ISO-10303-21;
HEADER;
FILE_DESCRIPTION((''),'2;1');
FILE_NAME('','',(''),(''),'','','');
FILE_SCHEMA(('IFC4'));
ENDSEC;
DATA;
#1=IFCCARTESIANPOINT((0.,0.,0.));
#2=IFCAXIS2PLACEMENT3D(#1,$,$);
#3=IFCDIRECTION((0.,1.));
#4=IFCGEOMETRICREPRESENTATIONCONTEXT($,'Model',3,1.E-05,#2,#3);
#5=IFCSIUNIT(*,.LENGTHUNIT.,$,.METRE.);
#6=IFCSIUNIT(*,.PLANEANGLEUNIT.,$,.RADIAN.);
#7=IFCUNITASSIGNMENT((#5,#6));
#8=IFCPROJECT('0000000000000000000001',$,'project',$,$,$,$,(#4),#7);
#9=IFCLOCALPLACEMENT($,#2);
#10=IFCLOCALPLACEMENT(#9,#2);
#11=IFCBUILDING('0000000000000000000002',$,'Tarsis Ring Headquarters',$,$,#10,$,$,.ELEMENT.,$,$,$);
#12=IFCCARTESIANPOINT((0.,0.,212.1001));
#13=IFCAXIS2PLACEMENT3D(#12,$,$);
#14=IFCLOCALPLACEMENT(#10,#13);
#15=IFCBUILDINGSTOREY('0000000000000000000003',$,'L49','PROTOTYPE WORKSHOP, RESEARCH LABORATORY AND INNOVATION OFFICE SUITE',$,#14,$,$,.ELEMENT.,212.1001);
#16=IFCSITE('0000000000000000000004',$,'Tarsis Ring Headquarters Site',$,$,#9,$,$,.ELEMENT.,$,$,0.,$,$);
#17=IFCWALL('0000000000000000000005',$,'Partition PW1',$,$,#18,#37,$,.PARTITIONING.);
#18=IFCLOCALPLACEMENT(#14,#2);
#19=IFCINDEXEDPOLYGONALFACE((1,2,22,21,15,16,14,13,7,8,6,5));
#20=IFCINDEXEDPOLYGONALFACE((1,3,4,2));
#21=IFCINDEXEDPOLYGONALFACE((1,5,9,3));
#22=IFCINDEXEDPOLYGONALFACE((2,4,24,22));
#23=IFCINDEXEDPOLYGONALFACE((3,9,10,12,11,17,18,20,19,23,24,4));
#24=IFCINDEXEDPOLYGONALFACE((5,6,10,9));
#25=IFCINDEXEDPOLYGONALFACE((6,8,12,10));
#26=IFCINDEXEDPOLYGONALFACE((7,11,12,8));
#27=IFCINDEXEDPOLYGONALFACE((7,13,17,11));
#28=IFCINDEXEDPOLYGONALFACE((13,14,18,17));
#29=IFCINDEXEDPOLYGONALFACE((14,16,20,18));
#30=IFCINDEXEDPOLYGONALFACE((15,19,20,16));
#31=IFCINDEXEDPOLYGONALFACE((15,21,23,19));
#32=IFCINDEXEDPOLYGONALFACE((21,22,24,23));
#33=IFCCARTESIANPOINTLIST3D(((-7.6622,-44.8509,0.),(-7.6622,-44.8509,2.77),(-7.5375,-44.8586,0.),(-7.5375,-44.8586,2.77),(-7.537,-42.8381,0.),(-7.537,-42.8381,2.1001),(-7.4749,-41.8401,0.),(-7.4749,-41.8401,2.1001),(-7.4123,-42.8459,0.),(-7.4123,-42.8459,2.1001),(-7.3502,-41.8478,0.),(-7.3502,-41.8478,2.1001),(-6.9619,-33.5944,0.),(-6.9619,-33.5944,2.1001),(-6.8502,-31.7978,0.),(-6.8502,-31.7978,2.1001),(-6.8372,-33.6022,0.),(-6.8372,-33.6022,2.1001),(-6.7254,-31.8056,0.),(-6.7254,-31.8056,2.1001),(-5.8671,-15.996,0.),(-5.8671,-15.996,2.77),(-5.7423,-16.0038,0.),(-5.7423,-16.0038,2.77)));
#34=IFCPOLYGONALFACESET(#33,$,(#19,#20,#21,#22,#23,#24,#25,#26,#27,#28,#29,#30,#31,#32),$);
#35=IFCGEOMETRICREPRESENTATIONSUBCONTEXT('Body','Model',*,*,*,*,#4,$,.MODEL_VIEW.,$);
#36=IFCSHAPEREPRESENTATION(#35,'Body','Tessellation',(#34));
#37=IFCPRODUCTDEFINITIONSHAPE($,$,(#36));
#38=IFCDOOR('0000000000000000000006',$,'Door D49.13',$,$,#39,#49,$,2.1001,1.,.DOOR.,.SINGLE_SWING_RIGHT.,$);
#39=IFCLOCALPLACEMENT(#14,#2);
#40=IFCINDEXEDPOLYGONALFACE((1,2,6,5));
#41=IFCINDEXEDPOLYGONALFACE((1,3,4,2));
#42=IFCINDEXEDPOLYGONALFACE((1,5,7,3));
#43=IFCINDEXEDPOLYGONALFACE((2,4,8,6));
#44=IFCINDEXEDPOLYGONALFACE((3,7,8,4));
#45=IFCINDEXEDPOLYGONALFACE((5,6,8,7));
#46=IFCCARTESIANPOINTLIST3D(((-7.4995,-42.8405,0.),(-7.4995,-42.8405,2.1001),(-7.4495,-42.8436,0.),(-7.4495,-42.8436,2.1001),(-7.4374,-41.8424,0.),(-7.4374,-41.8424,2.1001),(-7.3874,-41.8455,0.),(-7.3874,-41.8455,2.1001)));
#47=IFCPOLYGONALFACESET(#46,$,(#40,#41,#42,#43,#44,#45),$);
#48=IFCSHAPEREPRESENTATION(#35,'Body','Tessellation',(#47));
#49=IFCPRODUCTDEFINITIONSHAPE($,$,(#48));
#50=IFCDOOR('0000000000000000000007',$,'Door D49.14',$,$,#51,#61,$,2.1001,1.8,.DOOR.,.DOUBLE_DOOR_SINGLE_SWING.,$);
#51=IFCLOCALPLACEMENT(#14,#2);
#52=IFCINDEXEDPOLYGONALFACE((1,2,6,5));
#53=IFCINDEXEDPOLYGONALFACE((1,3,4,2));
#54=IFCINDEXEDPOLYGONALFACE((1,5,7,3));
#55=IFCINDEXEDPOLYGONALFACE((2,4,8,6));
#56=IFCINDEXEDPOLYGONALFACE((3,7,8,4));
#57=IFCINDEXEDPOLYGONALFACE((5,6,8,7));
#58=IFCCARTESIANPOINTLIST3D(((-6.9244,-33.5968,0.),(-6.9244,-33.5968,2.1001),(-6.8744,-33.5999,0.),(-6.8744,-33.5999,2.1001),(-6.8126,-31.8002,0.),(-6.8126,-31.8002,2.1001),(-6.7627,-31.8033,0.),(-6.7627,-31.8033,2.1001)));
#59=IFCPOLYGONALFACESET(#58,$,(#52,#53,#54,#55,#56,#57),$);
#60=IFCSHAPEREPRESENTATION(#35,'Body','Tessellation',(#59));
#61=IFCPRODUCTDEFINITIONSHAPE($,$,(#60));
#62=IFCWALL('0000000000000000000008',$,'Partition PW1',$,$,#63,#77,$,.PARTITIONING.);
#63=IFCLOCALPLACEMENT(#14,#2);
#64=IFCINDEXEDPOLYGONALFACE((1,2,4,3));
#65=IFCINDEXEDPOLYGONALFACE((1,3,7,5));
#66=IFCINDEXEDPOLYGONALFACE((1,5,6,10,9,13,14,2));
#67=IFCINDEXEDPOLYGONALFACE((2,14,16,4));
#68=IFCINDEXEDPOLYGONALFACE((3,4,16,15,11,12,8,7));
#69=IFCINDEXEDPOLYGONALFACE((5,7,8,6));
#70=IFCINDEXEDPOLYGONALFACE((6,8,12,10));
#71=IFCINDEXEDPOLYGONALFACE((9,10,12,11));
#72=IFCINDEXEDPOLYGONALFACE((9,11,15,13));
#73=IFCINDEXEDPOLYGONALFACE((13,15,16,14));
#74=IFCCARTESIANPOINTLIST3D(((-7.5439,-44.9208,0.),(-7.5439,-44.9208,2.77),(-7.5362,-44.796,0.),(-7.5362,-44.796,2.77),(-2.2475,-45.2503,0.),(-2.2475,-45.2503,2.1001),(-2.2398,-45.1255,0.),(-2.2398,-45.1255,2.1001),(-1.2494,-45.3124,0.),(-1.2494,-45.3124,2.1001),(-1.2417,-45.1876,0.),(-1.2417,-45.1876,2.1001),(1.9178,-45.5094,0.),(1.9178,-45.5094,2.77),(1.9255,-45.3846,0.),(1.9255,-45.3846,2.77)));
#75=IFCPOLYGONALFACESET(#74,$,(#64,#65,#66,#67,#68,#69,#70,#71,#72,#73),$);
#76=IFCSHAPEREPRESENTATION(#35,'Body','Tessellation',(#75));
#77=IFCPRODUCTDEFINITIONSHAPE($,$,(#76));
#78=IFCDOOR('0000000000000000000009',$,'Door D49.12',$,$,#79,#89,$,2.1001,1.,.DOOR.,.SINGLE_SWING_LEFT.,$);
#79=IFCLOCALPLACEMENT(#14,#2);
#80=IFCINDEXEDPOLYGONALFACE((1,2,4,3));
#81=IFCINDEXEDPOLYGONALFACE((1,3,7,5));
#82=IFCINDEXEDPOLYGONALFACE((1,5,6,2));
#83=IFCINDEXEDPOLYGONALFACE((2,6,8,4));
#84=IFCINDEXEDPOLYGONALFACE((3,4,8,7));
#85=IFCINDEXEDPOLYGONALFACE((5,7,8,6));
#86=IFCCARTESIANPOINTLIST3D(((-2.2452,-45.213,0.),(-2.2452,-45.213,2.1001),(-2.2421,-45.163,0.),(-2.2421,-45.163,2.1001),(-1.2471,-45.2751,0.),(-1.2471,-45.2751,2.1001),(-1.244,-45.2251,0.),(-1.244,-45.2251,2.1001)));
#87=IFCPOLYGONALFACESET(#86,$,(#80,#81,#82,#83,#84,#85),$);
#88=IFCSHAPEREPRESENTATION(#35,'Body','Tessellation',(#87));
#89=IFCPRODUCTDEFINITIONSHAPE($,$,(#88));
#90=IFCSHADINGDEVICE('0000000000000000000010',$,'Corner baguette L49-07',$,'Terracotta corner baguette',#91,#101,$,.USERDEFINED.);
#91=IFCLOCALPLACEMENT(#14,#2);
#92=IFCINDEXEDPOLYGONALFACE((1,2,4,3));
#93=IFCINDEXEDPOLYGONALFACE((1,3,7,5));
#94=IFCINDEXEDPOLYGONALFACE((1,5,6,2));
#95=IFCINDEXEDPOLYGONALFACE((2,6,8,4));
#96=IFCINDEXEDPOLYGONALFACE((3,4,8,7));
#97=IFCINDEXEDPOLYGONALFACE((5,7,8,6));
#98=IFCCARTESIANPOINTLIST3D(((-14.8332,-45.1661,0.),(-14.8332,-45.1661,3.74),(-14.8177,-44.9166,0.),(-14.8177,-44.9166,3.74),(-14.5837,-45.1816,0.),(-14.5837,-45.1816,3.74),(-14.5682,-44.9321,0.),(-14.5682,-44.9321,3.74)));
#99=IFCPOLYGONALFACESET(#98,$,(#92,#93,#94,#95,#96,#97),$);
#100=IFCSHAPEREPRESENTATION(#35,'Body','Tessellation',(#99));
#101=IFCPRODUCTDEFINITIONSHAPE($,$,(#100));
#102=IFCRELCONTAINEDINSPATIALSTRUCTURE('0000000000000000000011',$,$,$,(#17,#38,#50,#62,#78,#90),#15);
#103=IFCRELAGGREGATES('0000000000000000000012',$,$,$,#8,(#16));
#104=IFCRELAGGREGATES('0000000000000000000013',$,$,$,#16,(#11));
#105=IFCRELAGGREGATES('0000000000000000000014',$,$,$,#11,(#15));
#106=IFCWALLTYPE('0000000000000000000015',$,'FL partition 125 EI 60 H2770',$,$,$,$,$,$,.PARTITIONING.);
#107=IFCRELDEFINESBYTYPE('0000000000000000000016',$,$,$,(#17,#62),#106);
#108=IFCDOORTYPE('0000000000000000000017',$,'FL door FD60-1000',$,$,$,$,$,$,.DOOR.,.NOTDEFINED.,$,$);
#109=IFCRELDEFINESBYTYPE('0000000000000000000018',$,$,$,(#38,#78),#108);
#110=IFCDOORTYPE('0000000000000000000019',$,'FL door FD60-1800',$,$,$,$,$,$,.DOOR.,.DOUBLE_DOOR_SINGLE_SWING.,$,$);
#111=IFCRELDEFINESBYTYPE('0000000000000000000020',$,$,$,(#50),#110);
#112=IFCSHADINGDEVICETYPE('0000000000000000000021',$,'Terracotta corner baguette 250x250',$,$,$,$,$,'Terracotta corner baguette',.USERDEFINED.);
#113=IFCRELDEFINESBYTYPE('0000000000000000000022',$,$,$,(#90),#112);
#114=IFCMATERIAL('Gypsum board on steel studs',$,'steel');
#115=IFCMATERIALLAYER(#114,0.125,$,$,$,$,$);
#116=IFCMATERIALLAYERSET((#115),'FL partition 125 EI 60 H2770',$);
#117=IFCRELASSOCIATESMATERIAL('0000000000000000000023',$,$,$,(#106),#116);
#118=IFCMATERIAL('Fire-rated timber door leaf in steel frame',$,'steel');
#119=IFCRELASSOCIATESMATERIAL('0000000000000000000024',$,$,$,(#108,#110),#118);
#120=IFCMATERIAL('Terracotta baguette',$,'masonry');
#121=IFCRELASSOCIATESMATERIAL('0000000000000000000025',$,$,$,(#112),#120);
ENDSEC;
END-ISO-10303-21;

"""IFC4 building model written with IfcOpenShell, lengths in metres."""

from ifc_helpers import new_model, si_unit, direction, frame, frame_2d, origin, origin_2d, place, context, subcontext, project, spatial, rectangle, extrude, material, layer, layer_set, type_object, element, fill, save


model = new_model("IFC4")

# Units and contexts
model_context = context("Model", 3, precision=1e-05, world=origin(), true_north=direction((0.0, 1.0)))
body_context = subcontext(model_context, "Body", "Model", "MODEL_VIEW")
ifc_project = project(units=[si_unit("LENGTHUNIT", "METRE"), si_unit("PLANEANGLEUNIT", "RADIAN")], contexts=[model_context])

# Site, building, storey
site_placement = place(None, origin())
site = spatial("IfcSite", under=ifc_project, at=site_placement, Name="Tarsis Ring Headquarters Site", CompositionType="ELEMENT", RefElevation=0.0)
building_placement = place(site_placement, origin())
building = spatial("IfcBuilding", under=site, at=building_placement, Name="Tarsis Ring Headquarters", CompositionType="ELEMENT")
storey_placement = place(building_placement, frame((0.0, 0.0, 212.1001)))
storey = spatial("IfcBuildingStorey", under=building, at=storey_placement, Name="L49", Description="PROTOTYPE WORKSHOP, RESEARCH LABORATORY AND INNOVATION OFFICE SUITE", CompositionType="ELEMENT", Elevation=212.1001)

# Shared definitions
ifc_material_1 = material(Name="Gypsum board on steel studs", Category="steel")

# Wall, openings, doors
ifc_layer_1 = layer(ifc_material_1, 0.125)
ifc_layer_set_1 = layer_set([ifc_layer_1], Name="FL partition 125 EI 60 H2770")
wall_type_1 = type_object("IfcWallType", Name="FL partition 125 EI 60 H2770", PredefinedType="PARTITIONING", material=ifc_layer_set_1)
wall_1_placement = place(storey_placement, frame((-7.5999, -44.8547, 0.0), z_axis=(0.0, 0.0, 1.0), x_axis=(0.062094, 0.99807, 0.0)))
wall_1 = element("IfcWall", 1, at=wall_1_placement, inside=storey, type_object=wall_type_1, Name="Partition PW1", PredefinedType="PARTITIONING", context=body_context, shape_type="SweptSolid", body=[
    extrude(rectangle(XDim=28.9106, YDim=0.125, at=frame_2d((14.4553, 0.0))), origin(), (0.0, 0.0, 1.0), 2.77),
])
opening_1_placement = place(wall_1_placement, frame((2.0166, 0.0, 0.0)))
opening_1 = element("IfcOpeningElement", 2, at=opening_1_placement, cuts=wall_1, PredefinedType="OPENING", context=body_context, shape_type="SweptSolid", body=[
    extrude(rectangle(XDim=1.0, YDim=2.1001, at=frame_2d((0.5, 1.05))), frame((0.0, 0.0725, 0.0), z_axis=(0.0, -1.0, 0.0), x_axis=(1.0, 0.0, 0.0)), (0.0, 0.0, 1.0), 0.145),
])
opening_2_placement = place(wall_1_placement, frame((11.2783, 0.0, 0.0)))
opening_2 = element("IfcOpeningElement", 3, at=opening_2_placement, cuts=wall_1, PredefinedType="OPENING", context=body_context, shape_type="SweptSolid", body=[
    extrude(rectangle(XDim=1.8, YDim=2.1001, at=frame_2d((0.8999, 1.05))), frame((0.0, 0.0725, 0.0), z_axis=(0.0, -1.0, 0.0), x_axis=(1.0, 0.0, 0.0)), (0.0, 0.0, 1.0), 0.145),
])
ifc_material_2 = material(Name="Fire-rated timber door leaf in steel frame", Category="steel")
door_type_1 = type_object("IfcDoorType", Name="FL door FD60-1000", OperationType="NOTDEFINED", PredefinedType="DOOR", material=ifc_material_2)
door_1_placement = place(opening_1_placement, origin())
door_1 = element("IfcDoor", 4, at=door_1_placement, inside=storey, type_object=door_type_1, Name="Door D49.13", OperationType="SINGLE_SWING_RIGHT", OverallHeight=2.1001, OverallWidth=1.0, PredefinedType="DOOR", context=body_context, shape_type="SweptSolid", body=[
    extrude(rectangle(XDim=1.0, YDim=2.1001, at=frame_2d((0.5, 1.05))), frame((0.0, 0.0249, 0.0), z_axis=(0.0, -1.0, 0.0), x_axis=(1.0, 0.0, 0.0)), (0.0, 0.0, 1.0), 0.05),
])
fill(opening_1, door_1)
door_type_2 = type_object("IfcDoorType", Name="FL door FD60-1800", OperationType="DOUBLE_DOOR_SINGLE_SWING", PredefinedType="DOOR", material=ifc_material_2)
door_2_placement = place(opening_2_placement, origin())
door_2 = element("IfcDoor", 5, at=door_2_placement, inside=storey, type_object=door_type_2, Name="Door D49.14", OperationType="DOUBLE_DOOR_SINGLE_SWING", OverallHeight=2.1001, OverallWidth=1.8, PredefinedType="DOOR", context=body_context, shape_type="SweptSolid", body=[
    extrude(rectangle(XDim=1.8, YDim=2.1001, at=frame_2d((0.8999, 1.05))), frame((0.0, 0.0249, 0.0), z_axis=(0.0, -1.0, 0.0), x_axis=(1.0, 0.0, 0.0)), (0.0, 0.0, 1.0), 0.05),
])
fill(opening_2, door_2)

# Wall, opening, door
wall_2_placement = place(storey_placement, frame((-7.54, -44.8584, 0.0), z_axis=(0.0, 0.0, 1.0), x_axis=(0.99807, -0.062091, 0.0)))
wall_2 = element("IfcWall", 6, at=wall_2_placement, inside=storey, type_object=wall_type_1, Name="Partition PW1", PredefinedType="PARTITIONING", context=body_context, shape_type="SweptSolid", body=[
    extrude(rectangle(XDim=9.48, YDim=0.125, at=frame_2d((4.74, 0.0))), origin(), (0.0, 0.0, 1.0), 2.77),
])
opening_3_placement = place(wall_2_placement, frame((5.3066, 0.0, 0.0)))
opening_3 = element("IfcOpeningElement", 7, at=opening_3_placement, cuts=wall_2, PredefinedType="OPENING", context=body_context, shape_type="SweptSolid", body=[
    extrude(rectangle(XDim=1.0, YDim=2.1001, at=frame_2d((0.5, 1.05))), frame((0.0, 0.0725, 0.0), z_axis=(0.0, -1.0, 0.0), x_axis=(1.0, 0.0, 0.0)), (0.0, 0.0, 1.0), 0.145),
])
door_3_placement = place(opening_3_placement, origin())
door_3 = element("IfcDoor", 8, at=door_3_placement, inside=storey, type_object=door_type_1, Name="Door D49.12", OperationType="SINGLE_SWING_LEFT", OverallHeight=2.1001, OverallWidth=1.0, PredefinedType="DOOR", context=body_context, shape_type="SweptSolid", body=[
    extrude(rectangle(XDim=1.0, YDim=2.1001, at=frame_2d((0.5, 1.05))), frame((0.0, 0.0249, 0.0), z_axis=(0.0, -1.0, 0.0), x_axis=(1.0, 0.0, 0.0)), (0.0, 0.0, 1.0), 0.05),
])
fill(opening_3, door_3)

# Shading device
ifc_material_3 = material(Name="Terracotta baguette", Category="masonry")
shading_device_type_1 = type_object("IfcShadingDeviceType", Name="Terracotta corner baguette 250x250", ElementType="Terracotta corner baguette", PredefinedType="USERDEFINED", material=ifc_material_3)
shading_device_1_placement = place(storey_placement, frame((-14.7007, -45.0491, 0.0), z_axis=(0.0, 0.0, 1.0), x_axis=(-0.062094, -0.99807, 0.0)))
element("IfcShadingDevice", 9, at=shading_device_1_placement, inside=storey, type_object=shading_device_type_1, Name="Corner baguette L49-07", ObjectType="Terracotta corner baguette", PredefinedType="USERDEFINED", context=body_context, shape_type="SweptSolid", body=[
    extrude(rectangle(XDim=0.25, YDim=0.25, at=origin_2d()), origin(), (0.0, 0.0, 1.0), 3.74),
])

save(model, "model.ifc")
